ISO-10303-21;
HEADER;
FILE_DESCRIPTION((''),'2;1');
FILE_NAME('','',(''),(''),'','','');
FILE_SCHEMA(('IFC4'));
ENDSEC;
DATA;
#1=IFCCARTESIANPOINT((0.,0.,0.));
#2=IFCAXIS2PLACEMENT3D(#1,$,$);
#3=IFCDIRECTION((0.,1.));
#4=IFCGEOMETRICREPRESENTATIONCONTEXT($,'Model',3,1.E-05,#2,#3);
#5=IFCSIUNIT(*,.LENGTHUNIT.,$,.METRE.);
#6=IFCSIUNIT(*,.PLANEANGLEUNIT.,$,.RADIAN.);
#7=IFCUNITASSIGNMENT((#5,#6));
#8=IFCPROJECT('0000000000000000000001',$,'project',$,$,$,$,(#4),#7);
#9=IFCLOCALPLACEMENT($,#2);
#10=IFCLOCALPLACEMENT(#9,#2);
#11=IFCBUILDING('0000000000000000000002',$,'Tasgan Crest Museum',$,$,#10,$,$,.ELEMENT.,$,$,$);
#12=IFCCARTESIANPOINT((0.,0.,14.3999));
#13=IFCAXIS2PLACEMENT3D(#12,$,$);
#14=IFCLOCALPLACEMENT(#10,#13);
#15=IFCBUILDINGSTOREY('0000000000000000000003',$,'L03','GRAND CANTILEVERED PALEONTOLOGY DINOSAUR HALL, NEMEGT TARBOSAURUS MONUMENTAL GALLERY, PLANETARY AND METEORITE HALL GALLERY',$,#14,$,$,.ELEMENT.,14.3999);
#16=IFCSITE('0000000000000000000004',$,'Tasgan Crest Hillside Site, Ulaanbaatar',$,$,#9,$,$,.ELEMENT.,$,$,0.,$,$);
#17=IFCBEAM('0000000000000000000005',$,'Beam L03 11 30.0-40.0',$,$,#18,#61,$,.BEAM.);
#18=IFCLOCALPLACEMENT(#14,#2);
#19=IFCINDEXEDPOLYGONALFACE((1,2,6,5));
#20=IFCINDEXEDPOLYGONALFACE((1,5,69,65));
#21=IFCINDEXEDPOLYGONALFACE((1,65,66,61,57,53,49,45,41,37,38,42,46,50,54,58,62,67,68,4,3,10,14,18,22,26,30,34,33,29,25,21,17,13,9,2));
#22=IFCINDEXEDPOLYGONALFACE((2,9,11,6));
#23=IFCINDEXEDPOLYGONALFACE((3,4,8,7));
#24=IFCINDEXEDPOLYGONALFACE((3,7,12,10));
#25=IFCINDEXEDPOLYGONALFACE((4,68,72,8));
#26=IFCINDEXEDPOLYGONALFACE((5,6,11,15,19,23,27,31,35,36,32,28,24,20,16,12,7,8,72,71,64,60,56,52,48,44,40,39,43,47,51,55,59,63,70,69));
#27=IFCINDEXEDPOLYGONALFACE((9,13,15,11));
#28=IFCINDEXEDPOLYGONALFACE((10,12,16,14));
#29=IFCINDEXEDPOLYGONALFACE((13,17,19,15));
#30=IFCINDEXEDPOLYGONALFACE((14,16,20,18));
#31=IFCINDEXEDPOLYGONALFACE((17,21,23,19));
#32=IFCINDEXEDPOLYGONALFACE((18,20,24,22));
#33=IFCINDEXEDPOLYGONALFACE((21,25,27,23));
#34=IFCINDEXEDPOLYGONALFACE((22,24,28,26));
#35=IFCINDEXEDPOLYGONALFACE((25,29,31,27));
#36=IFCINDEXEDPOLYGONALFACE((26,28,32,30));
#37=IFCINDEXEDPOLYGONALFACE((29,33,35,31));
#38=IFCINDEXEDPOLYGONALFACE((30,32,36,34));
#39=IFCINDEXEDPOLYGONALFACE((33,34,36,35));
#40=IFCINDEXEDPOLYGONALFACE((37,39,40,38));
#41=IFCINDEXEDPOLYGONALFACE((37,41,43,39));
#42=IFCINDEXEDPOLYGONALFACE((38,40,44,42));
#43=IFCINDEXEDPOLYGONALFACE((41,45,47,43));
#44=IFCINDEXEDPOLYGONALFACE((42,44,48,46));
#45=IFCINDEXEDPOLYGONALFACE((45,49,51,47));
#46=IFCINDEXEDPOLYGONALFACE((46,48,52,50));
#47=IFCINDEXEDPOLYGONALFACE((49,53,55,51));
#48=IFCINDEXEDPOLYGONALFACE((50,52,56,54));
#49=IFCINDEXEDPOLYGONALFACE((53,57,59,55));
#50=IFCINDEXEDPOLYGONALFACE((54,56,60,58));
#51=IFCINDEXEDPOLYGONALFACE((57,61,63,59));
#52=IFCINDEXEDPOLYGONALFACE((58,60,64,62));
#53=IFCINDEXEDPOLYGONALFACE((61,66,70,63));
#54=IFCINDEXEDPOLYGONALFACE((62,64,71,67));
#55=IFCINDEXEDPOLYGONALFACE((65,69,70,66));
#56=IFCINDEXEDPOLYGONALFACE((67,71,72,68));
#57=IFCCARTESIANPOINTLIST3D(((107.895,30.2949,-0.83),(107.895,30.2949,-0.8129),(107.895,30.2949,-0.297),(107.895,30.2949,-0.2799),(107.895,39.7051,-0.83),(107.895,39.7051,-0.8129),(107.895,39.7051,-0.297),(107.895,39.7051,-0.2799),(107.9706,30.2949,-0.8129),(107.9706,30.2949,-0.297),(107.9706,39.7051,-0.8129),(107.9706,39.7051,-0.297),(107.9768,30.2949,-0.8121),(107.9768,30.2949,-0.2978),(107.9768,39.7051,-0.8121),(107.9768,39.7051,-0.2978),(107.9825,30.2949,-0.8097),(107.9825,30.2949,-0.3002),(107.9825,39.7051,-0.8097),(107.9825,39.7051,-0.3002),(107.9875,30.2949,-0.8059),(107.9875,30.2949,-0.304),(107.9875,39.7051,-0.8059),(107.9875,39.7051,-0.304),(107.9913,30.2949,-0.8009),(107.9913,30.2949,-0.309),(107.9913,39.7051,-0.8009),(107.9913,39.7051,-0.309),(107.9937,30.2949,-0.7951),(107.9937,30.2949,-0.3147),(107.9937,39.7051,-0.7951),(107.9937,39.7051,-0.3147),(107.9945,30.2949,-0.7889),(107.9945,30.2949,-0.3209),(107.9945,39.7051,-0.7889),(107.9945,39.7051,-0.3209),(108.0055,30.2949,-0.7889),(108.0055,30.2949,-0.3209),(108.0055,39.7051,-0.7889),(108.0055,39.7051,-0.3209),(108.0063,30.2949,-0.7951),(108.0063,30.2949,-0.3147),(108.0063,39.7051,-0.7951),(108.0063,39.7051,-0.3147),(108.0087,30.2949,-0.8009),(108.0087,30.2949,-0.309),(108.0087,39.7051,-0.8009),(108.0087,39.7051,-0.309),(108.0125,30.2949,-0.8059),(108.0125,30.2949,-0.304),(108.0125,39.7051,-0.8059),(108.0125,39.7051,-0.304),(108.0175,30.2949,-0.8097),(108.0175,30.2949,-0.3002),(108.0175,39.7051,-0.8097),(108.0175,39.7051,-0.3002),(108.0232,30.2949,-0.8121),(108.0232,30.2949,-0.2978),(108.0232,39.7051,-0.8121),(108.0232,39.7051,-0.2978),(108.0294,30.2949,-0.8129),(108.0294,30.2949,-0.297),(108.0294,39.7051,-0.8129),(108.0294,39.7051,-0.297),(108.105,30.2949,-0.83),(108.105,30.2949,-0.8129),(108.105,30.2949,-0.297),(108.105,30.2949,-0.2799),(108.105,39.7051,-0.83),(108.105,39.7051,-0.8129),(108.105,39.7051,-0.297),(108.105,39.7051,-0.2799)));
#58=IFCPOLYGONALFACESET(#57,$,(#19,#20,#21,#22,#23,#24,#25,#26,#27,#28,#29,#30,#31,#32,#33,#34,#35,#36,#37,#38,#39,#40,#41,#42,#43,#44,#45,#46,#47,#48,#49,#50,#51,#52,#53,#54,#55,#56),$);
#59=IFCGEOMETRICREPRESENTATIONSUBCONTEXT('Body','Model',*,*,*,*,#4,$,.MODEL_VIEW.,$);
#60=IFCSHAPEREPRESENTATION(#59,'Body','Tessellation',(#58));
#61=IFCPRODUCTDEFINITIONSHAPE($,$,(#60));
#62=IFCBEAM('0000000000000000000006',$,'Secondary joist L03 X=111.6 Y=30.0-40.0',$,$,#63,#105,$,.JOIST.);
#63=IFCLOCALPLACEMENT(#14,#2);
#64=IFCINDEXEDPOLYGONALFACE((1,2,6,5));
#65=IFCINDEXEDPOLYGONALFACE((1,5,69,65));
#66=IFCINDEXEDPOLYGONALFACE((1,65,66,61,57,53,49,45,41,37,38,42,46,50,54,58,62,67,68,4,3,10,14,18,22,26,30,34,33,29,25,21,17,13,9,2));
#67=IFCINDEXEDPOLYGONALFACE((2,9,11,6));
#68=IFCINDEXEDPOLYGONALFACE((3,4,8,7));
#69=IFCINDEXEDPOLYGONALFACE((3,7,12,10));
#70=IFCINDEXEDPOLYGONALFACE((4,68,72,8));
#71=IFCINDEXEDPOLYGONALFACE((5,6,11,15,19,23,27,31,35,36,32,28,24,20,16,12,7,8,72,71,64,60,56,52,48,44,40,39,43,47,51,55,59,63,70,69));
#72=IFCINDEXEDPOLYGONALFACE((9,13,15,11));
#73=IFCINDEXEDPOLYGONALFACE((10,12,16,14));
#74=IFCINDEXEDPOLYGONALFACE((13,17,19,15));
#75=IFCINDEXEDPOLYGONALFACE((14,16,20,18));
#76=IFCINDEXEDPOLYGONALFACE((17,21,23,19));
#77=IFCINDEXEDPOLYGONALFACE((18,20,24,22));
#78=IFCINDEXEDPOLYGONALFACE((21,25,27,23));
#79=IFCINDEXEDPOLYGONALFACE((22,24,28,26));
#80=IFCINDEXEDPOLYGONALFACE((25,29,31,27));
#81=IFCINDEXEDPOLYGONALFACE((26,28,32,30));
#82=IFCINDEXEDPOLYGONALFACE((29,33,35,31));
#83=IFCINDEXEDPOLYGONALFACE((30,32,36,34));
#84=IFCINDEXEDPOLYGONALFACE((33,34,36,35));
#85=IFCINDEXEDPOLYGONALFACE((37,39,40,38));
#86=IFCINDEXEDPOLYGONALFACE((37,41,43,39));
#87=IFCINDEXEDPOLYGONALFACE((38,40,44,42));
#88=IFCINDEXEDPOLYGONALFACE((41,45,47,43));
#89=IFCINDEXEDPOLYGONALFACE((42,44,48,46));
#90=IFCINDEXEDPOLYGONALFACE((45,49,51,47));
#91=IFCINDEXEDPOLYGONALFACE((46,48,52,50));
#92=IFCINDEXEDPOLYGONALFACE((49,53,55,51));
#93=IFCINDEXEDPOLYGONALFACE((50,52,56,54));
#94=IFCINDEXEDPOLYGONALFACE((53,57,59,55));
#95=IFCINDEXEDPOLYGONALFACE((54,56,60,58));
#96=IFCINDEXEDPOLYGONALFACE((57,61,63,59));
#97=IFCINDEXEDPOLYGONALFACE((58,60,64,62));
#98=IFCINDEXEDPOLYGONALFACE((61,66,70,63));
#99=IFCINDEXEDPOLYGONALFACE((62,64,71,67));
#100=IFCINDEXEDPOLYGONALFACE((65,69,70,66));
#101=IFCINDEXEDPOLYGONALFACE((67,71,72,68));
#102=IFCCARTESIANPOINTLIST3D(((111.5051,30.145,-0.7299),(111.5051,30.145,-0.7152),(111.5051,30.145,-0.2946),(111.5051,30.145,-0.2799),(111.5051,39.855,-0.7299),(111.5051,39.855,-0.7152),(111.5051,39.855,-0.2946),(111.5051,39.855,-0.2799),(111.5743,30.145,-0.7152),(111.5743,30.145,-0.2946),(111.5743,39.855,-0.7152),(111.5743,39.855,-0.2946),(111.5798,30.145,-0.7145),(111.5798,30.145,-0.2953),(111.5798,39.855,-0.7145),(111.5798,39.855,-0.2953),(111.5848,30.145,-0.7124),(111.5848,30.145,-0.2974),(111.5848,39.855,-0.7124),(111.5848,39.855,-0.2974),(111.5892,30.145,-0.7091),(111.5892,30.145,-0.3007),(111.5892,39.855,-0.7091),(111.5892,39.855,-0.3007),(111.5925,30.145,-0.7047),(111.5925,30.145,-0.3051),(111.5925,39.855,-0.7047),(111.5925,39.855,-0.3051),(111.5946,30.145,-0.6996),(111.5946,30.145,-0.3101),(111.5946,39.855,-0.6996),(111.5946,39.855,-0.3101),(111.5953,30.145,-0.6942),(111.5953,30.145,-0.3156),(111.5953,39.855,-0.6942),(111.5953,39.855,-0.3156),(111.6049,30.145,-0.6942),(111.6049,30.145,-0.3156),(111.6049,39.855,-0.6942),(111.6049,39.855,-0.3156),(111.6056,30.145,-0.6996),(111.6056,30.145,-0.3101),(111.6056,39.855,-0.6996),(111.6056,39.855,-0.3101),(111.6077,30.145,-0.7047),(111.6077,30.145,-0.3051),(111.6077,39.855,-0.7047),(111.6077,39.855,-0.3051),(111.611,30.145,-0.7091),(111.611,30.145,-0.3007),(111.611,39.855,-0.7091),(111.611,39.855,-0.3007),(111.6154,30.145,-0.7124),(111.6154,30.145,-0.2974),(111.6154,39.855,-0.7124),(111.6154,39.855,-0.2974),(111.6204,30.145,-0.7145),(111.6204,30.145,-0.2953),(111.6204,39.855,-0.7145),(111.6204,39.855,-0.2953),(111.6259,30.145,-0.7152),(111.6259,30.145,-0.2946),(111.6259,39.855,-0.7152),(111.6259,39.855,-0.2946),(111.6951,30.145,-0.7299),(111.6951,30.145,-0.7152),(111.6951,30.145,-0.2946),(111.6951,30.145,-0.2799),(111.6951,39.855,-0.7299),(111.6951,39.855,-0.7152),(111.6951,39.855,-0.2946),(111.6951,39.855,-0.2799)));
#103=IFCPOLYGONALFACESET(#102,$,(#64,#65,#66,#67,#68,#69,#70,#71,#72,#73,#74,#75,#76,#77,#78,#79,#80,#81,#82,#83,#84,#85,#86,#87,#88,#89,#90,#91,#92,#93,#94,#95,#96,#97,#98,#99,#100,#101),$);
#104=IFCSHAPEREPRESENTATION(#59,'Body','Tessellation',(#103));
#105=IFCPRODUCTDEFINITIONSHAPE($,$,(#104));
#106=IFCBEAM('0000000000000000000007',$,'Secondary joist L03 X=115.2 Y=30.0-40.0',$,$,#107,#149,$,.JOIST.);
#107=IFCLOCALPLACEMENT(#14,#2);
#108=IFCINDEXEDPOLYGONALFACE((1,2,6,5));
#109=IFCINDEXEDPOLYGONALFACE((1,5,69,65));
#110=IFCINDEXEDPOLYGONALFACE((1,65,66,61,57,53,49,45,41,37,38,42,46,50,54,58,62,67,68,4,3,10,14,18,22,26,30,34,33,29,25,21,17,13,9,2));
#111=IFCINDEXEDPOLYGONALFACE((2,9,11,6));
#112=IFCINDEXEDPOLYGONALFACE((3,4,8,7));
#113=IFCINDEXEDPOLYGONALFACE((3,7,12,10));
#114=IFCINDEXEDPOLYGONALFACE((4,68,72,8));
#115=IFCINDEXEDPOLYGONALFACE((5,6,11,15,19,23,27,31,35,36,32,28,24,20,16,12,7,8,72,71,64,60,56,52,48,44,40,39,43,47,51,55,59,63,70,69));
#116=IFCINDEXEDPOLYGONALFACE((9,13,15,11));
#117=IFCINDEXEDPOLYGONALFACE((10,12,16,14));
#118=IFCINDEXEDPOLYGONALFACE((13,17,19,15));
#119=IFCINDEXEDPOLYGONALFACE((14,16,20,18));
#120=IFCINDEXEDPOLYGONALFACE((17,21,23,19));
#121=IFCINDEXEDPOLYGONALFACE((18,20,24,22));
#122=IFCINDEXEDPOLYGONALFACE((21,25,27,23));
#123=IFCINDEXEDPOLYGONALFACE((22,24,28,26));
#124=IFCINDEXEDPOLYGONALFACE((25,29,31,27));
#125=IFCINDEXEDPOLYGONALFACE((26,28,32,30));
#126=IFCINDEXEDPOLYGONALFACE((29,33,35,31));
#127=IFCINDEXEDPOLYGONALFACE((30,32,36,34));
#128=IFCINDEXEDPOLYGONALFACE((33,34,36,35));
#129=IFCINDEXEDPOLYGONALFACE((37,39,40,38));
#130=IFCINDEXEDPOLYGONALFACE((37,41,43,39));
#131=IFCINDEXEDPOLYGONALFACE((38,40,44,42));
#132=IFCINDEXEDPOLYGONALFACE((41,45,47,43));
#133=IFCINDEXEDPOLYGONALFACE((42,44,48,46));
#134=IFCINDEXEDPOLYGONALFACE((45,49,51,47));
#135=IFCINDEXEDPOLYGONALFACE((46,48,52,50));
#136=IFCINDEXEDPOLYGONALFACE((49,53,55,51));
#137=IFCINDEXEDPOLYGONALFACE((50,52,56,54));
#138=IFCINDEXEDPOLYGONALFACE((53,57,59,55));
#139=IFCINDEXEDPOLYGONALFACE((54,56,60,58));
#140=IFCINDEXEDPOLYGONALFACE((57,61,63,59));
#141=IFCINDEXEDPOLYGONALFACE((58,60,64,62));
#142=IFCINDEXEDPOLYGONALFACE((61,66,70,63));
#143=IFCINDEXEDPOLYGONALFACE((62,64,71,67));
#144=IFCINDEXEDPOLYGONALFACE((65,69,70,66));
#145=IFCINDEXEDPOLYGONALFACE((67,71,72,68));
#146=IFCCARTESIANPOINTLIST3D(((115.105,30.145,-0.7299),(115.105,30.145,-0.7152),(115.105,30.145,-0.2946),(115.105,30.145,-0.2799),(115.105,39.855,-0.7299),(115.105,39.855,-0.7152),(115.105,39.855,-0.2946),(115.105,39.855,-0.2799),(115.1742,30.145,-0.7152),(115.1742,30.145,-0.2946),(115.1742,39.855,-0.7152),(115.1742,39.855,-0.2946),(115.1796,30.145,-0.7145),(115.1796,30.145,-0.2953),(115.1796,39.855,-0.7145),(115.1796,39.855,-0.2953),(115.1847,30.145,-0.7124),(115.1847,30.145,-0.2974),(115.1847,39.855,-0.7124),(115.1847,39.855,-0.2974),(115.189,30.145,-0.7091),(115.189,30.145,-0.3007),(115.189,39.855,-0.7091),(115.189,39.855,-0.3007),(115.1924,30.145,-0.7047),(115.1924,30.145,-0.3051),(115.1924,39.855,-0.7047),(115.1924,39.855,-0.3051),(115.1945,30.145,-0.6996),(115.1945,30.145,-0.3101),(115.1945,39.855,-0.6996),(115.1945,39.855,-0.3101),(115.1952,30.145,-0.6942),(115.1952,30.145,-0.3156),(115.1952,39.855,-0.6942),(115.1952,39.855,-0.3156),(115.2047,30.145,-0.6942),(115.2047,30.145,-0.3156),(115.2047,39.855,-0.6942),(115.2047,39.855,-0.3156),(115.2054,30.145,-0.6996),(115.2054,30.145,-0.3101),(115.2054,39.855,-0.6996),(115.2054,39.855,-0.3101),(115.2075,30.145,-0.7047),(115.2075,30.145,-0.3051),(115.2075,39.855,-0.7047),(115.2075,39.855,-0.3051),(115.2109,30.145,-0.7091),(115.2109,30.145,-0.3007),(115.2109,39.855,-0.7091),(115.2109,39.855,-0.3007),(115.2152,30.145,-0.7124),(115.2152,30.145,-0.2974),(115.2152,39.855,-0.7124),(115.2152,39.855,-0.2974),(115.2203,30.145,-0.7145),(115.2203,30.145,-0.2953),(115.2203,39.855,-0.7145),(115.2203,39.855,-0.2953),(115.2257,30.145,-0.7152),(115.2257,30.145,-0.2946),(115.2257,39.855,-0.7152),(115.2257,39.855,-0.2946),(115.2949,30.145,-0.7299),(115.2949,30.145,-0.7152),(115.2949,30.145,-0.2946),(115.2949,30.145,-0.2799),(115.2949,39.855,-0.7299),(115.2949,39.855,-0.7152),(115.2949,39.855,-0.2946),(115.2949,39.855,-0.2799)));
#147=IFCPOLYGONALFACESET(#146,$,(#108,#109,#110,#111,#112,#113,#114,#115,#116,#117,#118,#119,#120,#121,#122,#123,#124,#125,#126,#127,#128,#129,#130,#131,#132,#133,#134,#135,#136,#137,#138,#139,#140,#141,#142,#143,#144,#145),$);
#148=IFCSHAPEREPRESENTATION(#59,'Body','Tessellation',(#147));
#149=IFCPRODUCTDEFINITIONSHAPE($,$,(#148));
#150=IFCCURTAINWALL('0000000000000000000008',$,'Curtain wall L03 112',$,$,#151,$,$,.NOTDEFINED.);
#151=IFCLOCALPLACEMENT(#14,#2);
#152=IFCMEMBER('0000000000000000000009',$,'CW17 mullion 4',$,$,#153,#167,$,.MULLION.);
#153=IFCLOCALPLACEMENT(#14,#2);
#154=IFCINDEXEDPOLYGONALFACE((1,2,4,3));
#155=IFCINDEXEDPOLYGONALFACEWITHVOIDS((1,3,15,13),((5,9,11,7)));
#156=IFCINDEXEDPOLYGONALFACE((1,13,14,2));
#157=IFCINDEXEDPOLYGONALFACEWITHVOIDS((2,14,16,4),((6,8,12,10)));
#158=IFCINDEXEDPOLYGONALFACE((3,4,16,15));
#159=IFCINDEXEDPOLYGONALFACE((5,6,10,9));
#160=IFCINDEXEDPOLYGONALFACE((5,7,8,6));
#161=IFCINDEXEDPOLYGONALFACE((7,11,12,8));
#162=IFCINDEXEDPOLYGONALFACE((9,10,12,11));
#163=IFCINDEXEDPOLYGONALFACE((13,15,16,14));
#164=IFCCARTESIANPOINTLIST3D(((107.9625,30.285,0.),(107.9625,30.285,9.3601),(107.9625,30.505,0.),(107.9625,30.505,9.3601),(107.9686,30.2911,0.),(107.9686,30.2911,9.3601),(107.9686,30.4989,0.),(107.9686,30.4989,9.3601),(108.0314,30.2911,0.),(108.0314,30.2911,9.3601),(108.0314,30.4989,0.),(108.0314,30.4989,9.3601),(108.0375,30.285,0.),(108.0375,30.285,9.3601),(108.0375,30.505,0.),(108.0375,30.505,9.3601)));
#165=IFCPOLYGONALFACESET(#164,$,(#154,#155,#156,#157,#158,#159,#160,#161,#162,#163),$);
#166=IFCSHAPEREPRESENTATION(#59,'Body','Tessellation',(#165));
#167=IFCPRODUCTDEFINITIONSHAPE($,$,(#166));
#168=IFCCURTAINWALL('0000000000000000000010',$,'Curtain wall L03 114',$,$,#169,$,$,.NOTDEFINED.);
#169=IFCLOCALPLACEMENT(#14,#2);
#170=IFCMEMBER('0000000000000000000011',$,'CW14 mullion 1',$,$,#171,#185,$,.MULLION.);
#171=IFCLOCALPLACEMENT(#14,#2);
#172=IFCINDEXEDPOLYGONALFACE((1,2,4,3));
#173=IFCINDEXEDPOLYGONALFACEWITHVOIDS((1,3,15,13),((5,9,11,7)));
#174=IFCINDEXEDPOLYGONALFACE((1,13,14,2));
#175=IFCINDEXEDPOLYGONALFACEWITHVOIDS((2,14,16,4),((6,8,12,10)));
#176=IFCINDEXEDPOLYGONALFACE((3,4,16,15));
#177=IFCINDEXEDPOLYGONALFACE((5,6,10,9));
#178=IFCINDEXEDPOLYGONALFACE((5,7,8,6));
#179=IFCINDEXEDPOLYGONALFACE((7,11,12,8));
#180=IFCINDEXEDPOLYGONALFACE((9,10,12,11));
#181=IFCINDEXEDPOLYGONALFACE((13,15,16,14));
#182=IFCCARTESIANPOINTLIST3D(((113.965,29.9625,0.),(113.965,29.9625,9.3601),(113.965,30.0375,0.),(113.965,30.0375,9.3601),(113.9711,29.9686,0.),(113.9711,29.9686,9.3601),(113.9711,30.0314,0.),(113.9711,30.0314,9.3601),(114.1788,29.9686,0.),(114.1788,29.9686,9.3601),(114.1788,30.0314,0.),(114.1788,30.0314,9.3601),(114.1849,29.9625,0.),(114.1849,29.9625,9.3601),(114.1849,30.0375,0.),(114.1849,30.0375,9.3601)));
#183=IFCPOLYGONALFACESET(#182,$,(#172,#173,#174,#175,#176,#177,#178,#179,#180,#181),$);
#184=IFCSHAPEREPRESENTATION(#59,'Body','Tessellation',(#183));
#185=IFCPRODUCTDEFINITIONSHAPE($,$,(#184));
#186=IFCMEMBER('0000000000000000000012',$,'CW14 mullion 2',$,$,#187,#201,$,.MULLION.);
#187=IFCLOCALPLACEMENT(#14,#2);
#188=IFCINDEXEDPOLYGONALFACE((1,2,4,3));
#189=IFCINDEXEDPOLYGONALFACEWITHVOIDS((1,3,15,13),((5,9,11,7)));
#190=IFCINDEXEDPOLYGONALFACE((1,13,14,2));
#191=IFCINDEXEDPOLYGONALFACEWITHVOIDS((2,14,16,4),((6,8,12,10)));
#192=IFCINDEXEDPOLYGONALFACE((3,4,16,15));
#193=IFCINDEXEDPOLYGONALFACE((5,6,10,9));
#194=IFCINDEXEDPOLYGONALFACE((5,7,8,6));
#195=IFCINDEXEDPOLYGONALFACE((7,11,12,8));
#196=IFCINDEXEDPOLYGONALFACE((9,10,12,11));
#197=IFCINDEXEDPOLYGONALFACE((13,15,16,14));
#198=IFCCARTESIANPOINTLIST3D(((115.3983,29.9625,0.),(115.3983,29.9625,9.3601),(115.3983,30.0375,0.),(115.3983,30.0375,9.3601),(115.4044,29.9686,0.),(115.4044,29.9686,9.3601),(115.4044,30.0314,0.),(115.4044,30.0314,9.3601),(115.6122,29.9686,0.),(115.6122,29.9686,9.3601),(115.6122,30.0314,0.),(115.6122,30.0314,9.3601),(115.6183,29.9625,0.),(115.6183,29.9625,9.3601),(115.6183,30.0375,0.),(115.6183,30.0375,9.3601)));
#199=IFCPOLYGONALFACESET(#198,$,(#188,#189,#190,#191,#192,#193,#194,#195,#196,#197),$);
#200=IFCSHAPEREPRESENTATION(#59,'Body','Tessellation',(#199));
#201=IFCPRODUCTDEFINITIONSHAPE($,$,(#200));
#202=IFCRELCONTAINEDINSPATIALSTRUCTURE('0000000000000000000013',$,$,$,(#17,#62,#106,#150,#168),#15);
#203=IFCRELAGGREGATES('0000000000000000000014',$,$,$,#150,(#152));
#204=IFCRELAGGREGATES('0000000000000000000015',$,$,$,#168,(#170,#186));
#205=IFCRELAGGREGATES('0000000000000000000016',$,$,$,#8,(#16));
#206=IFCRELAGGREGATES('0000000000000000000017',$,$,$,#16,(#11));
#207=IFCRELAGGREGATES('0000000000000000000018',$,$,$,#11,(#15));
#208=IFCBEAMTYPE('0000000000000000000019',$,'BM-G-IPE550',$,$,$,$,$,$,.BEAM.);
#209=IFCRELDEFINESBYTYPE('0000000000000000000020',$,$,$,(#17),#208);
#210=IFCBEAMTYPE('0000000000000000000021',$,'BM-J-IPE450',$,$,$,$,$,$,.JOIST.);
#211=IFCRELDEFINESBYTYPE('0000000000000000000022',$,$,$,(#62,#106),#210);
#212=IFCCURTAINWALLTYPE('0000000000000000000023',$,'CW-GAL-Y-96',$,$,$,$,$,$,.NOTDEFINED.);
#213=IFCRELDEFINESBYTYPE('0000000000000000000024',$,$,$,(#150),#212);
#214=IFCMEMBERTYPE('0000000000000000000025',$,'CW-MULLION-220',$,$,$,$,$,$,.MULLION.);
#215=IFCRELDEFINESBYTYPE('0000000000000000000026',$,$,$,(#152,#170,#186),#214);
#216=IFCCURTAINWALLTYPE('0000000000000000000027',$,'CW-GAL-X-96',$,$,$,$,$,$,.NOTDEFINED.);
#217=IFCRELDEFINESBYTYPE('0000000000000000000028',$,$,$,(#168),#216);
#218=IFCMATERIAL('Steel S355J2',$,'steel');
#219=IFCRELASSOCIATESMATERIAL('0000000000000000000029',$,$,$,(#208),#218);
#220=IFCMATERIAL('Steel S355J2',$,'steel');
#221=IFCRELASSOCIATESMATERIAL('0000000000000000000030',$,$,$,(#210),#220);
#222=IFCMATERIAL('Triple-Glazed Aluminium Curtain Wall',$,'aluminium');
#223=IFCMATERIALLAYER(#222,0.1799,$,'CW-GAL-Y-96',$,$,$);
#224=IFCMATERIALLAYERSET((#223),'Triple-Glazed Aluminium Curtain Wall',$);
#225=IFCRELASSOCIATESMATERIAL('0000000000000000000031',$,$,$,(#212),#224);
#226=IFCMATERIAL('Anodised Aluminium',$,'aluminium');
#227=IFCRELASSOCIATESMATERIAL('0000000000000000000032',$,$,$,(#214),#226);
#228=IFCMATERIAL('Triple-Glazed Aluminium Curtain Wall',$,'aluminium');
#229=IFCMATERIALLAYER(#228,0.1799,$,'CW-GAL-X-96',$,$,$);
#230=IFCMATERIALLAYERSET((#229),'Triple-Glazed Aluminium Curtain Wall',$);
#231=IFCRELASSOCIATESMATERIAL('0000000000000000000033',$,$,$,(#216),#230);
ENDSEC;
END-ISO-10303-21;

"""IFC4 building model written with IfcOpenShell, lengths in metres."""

from ifc_helpers import new_model, si_unit, direction, frame, origin, origin_2d, place, context, subcontext, project, spatial, hollow_rectangle, i_section, extrude, material, layer, layer_set, material_profile, profile_set, type_object, element, aggregate, save


model = new_model("IFC4")

# Units and contexts
model_context = context("Model", 3, precision=1e-05, world=origin(), true_north=direction((0.0, 1.0)))
body_context = subcontext(model_context, "Body", "Model", "MODEL_VIEW")
ifc_project = project(units=[si_unit("LENGTHUNIT", "METRE"), si_unit("PLANEANGLEUNIT", "RADIAN")], contexts=[model_context])

# Site, building, storey
site_placement = place(None, origin())
site = spatial("IfcSite", under=ifc_project, at=site_placement, Name="Tasgan Crest Hillside Site, Ulaanbaatar", CompositionType="ELEMENT", RefElevation=0.0)
building_placement = place(site_placement, origin())
building = spatial("IfcBuilding", under=site, at=building_placement, Name="Tasgan Crest Museum", CompositionType="ELEMENT")
storey_placement = place(building_placement, frame((0.0, 0.0, 14.3999)))
storey = spatial("IfcBuildingStorey", under=building, at=storey_placement, Name="L03", Description="GRAND CANTILEVERED PALEONTOLOGY DINOSAUR HALL, NEMEGT TARBOSAURUS MONUMENTAL GALLERY, PLANETARY AND METEORITE HALL GALLERY", CompositionType="ELEMENT", Elevation=14.3999)

# Beams
ifc_material_1 = material(Name="Steel S355J2", Category="steel")
ifc_material_profile_1 = material_profile(ifc_material_1, i_section(OverallWidth=0.21, OverallDepth=0.55, WebThickness=0.011, FlangeThickness=0.0171, FilletRadius=0.0239, at=origin_2d()), Name="IPE 550")
ifc_profile_set_1 = profile_set([ifc_material_profile_1], Name="Steel S355J2")
beam_type_1 = type_object("IfcBeamType", Name="BM-G-IPE550", PredefinedType="BEAM", material=ifc_profile_set_1)
beam_placement = place(storey_placement, frame((108.0, 30.2949, -0.5549), z_axis=(0.0, 1.0, 0.0), x_axis=(-1.0, 0.0, 0.0)))
element("IfcBeam", 1, at=beam_placement, inside=storey, type_object=beam_type_1, Name="Beam L03 11 30.0-40.0", PredefinedType="BEAM", context=body_context, shape_type="SweptSolid", body=[
    extrude(i_section(OverallWidth=0.21, OverallDepth=0.55, WebThickness=0.011, FlangeThickness=0.0171, FilletRadius=0.0239, at=origin_2d()), origin(), (0.0, 0.0, 1.0), 9.4102),
])
ifc_material_2 = material(Name="Steel S355J2", Category="steel")
ifc_material_profile_2 = material_profile(ifc_material_2, i_section(OverallWidth=0.1899, OverallDepth=0.45, WebThickness=0.0095, FlangeThickness=0.0146, FilletRadius=0.021, at=origin_2d()), Name="IPE 450")
ifc_profile_set_2 = profile_set([ifc_material_profile_2], Name="Steel S355J2")
beam_type_2 = type_object("IfcBeamType", Name="BM-J-IPE450", PredefinedType="JOIST", material=ifc_profile_set_2)
for number, where, z_axis, x_axis, name in (
    (2, (111.6001, 30.145, -0.5049), (0.0, 1.0, 0.0), (-1.0, 0.0, 0.0), "Secondary joist L03 X=111.6 Y=30.0-40.0"),
    (3, (115.2, 30.145, -0.5049), (0.0, 1.0, 0.0), (-1.0, 0.0, 0.0), "Secondary joist L03 X=115.2 Y=30.0-40.0"),
):
    element("IfcBeam", number, at=place(storey_placement, frame(where, z_axis=z_axis, x_axis=x_axis)), inside=storey, type_object=beam_type_2, Name=name, PredefinedType="JOIST", context=body_context, shape_type="SweptSolid", body=[
        extrude(i_section(OverallWidth=0.1899, OverallDepth=0.45, WebThickness=0.0095, FlangeThickness=0.0146, FilletRadius=0.021, at=origin_2d()), origin(), (0.0, 0.0, 1.0), 9.71),
    ])

# Curtain wall, member
ifc_material_3 = material(Name="Triple-Glazed Aluminium Curtain Wall", Category="aluminium")
ifc_layer_1 = layer(ifc_material_3, 0.1799, Name="CW-GAL-Y-96")
ifc_layer_set_1 = layer_set([ifc_layer_1], Name="Triple-Glazed Aluminium Curtain Wall")
curtain_wall_type_1 = type_object("IfcCurtainWallType", Name="CW-GAL-Y-96", PredefinedType="NOTDEFINED", material=ifc_layer_set_1)
curtain_wall_1_placement = place(storey_placement, origin())
curtain_wall_1 = element("IfcCurtainWall", 4, at=curtain_wall_1_placement, inside=storey, type_object=curtain_wall_type_1, Name="Curtain wall L03 112", PredefinedType="NOTDEFINED")
ifc_material_4 = material(Name="Anodised Aluminium", Category="aluminium")
ifc_material_profile_3 = material_profile(ifc_material_4, hollow_rectangle(XDim=0.075, YDim=0.22, WallThickness=0.0061, at=origin_2d()), Name="ALU MULLION 220x75x6")
ifc_profile_set_3 = profile_set([ifc_material_profile_3], Name="Anodised Aluminium")
member_type_1 = type_object("IfcMemberType", Name="CW-MULLION-220", PredefinedType="MULLION", material=ifc_profile_set_3)
member_1_placement = place(storey_placement, frame((108.0, 30.395, 0.0), z_axis=(0.0, 0.0, 1.0), x_axis=(1.0, 0.0, 0.0)))
member_1 = element("IfcMember", 5, at=member_1_placement, type_object=member_type_1, Name="CW17 mullion 4", PredefinedType="MULLION", context=body_context, shape_type="SweptSolid", body=[
    extrude(hollow_rectangle(XDim=0.075, YDim=0.22, WallThickness=0.0061, at=origin_2d()), origin(), (0.0, 0.0, 1.0), 9.3601),
])

# Curtain wall, members
ifc_material_5 = material(Name="Triple-Glazed Aluminium Curtain Wall", Category="aluminium")
ifc_layer_2 = layer(ifc_material_5, 0.1799, Name="CW-GAL-X-96")
ifc_layer_set_2 = layer_set([ifc_layer_2], Name="Triple-Glazed Aluminium Curtain Wall")
curtain_wall_type_2 = type_object("IfcCurtainWallType", Name="CW-GAL-X-96", PredefinedType="NOTDEFINED", material=ifc_layer_set_2)
curtain_wall_2_placement = place(storey_placement, origin())
curtain_wall_2 = element("IfcCurtainWall", 6, at=curtain_wall_2_placement, inside=storey, type_object=curtain_wall_type_2, Name="Curtain wall L03 114", PredefinedType="NOTDEFINED")
member_2_placement = place(storey_placement, frame((114.075, 30.0, 0.0), z_axis=(0.0, 0.0, 1.0), x_axis=(0.0, 1.0, 0.0)))
member_2 = element("IfcMember", 7, at=member_2_placement, type_object=member_type_1, Name="CW14 mullion 1", PredefinedType="MULLION", context=body_context, shape_type="SweptSolid", body=[
    extrude(hollow_rectangle(XDim=0.075, YDim=0.22, WallThickness=0.0061, at=origin_2d()), origin(), (0.0, 0.0, 1.0), 9.3601),
])
member_3_placement = place(storey_placement, frame((115.5083, 30.0, 0.0), z_axis=(0.0, 0.0, 1.0), x_axis=(0.0, 1.0, 0.0)))
member_3 = element("IfcMember", 8, at=member_3_placement, type_object=member_type_1, Name="CW14 mullion 2", PredefinedType="MULLION", context=body_context, shape_type="SweptSolid", body=[
    extrude(hollow_rectangle(XDim=0.075, YDim=0.22, WallThickness=0.0061, at=origin_2d()), origin(), (0.0, 0.0, 1.0), 9.3601),
])

aggregate(curtain_wall_1, [member_1])
aggregate(curtain_wall_2, [member_2, member_3])

save(model, "model.ifc")
